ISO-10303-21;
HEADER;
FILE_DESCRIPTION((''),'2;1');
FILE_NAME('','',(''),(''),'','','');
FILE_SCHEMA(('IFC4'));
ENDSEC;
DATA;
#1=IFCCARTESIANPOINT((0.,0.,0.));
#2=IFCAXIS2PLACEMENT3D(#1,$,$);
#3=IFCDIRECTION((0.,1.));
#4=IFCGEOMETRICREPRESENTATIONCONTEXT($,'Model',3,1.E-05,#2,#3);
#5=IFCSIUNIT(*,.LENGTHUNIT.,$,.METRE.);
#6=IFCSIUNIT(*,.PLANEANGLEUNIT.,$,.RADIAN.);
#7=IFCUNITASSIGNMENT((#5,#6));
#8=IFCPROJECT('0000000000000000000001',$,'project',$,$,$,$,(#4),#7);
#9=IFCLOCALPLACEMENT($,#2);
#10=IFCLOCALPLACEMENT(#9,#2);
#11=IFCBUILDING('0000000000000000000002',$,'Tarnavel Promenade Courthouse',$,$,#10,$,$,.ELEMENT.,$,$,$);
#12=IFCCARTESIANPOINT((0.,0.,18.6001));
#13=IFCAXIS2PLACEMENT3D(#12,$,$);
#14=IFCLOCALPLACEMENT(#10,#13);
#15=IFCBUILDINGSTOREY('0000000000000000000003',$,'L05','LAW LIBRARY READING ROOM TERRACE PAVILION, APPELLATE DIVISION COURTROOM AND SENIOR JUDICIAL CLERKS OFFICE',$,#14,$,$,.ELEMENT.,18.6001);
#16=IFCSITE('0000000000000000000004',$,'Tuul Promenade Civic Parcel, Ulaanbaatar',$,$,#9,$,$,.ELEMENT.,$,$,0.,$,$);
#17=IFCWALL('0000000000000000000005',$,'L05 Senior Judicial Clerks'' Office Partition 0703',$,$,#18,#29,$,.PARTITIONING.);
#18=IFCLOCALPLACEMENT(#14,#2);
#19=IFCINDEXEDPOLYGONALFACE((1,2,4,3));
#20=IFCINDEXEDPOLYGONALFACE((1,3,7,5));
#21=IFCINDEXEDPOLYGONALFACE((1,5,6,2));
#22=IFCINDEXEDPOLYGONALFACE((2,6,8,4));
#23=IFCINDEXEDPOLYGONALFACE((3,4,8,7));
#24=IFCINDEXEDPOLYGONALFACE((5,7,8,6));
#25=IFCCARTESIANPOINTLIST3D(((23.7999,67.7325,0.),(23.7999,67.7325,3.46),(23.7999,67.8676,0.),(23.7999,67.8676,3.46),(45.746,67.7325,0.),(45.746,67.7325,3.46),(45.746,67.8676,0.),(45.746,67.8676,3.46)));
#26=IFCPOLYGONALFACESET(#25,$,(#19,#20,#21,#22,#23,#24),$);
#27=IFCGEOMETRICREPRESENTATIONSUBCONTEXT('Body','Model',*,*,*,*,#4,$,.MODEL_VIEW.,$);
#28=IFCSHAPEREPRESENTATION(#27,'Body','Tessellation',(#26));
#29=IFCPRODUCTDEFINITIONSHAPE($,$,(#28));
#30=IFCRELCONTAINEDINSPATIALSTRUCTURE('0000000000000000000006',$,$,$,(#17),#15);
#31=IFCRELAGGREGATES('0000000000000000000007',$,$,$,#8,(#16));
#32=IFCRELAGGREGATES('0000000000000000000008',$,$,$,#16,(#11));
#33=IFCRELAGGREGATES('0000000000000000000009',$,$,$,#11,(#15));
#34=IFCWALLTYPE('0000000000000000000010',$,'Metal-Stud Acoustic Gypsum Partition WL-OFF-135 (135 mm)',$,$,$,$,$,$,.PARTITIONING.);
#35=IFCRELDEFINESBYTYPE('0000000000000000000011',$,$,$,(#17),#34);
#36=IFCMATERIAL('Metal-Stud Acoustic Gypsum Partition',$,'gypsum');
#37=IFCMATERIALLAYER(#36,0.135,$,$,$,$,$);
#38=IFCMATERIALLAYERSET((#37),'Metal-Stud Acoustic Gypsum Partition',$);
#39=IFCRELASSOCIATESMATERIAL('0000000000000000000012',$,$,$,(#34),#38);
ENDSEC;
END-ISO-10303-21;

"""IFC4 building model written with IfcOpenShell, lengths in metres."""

from ifc_helpers import new_model, si_unit, direction, frame, frame_2d, origin, place, context, subcontext, project, spatial, rectangle, extrude, material, layer, layer_set, type_object, element, save


model = new_model("IFC4")

# Units and contexts
model_context = context("Model", 3, precision=1e-05, world=origin(), true_north=direction((0.0, 1.0)))
body_context = subcontext(model_context, "Body", "Model", "MODEL_VIEW")
ifc_project = project(units=[si_unit("LENGTHUNIT", "METRE"), si_unit("PLANEANGLEUNIT", "RADIAN")], contexts=[model_context])

# Site, building, storey
site_placement = place(None, origin())
site = spatial("IfcSite", under=ifc_project, at=site_placement, Name="Tuul Promenade Civic Parcel, Ulaanbaatar", CompositionType="ELEMENT", RefElevation=0.0)
building_placement = place(site_placement, origin())
building = spatial("IfcBuilding", under=site, at=building_placement, Name="Tarnavel Promenade Courthouse", CompositionType="ELEMENT")
storey_placement = place(building_placement, frame((0.0, 0.0, 18.6001)))
storey = spatial("IfcBuildingStorey", under=building, at=storey_placement, Name="L05", Description="LAW LIBRARY READING ROOM TERRACE PAVILION, APPELLATE DIVISION COURTROOM AND SENIOR JUDICIAL CLERKS OFFICE", CompositionType="ELEMENT", Elevation=18.6001)

# Wall
ifc_material_1 = material(Name="Metal-Stud Acoustic Gypsum Partition", Category="gypsum")
ifc_layer_1 = layer(ifc_material_1, 0.135)
ifc_layer_set_1 = layer_set([ifc_layer_1], Name="Metal-Stud Acoustic Gypsum Partition")
wall_type_1 = type_object("IfcWallType", Name="Metal-Stud Acoustic Gypsum Partition WL-OFF-135 (135 mm)", PredefinedType="PARTITIONING", material=ifc_layer_set_1)
wall_1_placement = place(storey_placement, frame((45.7461, 67.8, 0.0), z_axis=(0.0, 0.0, 1.0), x_axis=(-1.0, 0.0, 0.0)))
element("IfcWall", 1, at=wall_1_placement, inside=storey, type_object=wall_type_1, Name="L05 Senior Judicial Clerks' Office Partition 0703", PredefinedType="PARTITIONING", context=body_context, shape_type="SweptSolid", body=[
    extrude(rectangle(XDim=21.946, YDim=0.135, at=frame_2d((10.9731, 0.0))), origin(), (0.0, 0.0, 1.0), 3.46),
])

save(model, "model.ifc")
